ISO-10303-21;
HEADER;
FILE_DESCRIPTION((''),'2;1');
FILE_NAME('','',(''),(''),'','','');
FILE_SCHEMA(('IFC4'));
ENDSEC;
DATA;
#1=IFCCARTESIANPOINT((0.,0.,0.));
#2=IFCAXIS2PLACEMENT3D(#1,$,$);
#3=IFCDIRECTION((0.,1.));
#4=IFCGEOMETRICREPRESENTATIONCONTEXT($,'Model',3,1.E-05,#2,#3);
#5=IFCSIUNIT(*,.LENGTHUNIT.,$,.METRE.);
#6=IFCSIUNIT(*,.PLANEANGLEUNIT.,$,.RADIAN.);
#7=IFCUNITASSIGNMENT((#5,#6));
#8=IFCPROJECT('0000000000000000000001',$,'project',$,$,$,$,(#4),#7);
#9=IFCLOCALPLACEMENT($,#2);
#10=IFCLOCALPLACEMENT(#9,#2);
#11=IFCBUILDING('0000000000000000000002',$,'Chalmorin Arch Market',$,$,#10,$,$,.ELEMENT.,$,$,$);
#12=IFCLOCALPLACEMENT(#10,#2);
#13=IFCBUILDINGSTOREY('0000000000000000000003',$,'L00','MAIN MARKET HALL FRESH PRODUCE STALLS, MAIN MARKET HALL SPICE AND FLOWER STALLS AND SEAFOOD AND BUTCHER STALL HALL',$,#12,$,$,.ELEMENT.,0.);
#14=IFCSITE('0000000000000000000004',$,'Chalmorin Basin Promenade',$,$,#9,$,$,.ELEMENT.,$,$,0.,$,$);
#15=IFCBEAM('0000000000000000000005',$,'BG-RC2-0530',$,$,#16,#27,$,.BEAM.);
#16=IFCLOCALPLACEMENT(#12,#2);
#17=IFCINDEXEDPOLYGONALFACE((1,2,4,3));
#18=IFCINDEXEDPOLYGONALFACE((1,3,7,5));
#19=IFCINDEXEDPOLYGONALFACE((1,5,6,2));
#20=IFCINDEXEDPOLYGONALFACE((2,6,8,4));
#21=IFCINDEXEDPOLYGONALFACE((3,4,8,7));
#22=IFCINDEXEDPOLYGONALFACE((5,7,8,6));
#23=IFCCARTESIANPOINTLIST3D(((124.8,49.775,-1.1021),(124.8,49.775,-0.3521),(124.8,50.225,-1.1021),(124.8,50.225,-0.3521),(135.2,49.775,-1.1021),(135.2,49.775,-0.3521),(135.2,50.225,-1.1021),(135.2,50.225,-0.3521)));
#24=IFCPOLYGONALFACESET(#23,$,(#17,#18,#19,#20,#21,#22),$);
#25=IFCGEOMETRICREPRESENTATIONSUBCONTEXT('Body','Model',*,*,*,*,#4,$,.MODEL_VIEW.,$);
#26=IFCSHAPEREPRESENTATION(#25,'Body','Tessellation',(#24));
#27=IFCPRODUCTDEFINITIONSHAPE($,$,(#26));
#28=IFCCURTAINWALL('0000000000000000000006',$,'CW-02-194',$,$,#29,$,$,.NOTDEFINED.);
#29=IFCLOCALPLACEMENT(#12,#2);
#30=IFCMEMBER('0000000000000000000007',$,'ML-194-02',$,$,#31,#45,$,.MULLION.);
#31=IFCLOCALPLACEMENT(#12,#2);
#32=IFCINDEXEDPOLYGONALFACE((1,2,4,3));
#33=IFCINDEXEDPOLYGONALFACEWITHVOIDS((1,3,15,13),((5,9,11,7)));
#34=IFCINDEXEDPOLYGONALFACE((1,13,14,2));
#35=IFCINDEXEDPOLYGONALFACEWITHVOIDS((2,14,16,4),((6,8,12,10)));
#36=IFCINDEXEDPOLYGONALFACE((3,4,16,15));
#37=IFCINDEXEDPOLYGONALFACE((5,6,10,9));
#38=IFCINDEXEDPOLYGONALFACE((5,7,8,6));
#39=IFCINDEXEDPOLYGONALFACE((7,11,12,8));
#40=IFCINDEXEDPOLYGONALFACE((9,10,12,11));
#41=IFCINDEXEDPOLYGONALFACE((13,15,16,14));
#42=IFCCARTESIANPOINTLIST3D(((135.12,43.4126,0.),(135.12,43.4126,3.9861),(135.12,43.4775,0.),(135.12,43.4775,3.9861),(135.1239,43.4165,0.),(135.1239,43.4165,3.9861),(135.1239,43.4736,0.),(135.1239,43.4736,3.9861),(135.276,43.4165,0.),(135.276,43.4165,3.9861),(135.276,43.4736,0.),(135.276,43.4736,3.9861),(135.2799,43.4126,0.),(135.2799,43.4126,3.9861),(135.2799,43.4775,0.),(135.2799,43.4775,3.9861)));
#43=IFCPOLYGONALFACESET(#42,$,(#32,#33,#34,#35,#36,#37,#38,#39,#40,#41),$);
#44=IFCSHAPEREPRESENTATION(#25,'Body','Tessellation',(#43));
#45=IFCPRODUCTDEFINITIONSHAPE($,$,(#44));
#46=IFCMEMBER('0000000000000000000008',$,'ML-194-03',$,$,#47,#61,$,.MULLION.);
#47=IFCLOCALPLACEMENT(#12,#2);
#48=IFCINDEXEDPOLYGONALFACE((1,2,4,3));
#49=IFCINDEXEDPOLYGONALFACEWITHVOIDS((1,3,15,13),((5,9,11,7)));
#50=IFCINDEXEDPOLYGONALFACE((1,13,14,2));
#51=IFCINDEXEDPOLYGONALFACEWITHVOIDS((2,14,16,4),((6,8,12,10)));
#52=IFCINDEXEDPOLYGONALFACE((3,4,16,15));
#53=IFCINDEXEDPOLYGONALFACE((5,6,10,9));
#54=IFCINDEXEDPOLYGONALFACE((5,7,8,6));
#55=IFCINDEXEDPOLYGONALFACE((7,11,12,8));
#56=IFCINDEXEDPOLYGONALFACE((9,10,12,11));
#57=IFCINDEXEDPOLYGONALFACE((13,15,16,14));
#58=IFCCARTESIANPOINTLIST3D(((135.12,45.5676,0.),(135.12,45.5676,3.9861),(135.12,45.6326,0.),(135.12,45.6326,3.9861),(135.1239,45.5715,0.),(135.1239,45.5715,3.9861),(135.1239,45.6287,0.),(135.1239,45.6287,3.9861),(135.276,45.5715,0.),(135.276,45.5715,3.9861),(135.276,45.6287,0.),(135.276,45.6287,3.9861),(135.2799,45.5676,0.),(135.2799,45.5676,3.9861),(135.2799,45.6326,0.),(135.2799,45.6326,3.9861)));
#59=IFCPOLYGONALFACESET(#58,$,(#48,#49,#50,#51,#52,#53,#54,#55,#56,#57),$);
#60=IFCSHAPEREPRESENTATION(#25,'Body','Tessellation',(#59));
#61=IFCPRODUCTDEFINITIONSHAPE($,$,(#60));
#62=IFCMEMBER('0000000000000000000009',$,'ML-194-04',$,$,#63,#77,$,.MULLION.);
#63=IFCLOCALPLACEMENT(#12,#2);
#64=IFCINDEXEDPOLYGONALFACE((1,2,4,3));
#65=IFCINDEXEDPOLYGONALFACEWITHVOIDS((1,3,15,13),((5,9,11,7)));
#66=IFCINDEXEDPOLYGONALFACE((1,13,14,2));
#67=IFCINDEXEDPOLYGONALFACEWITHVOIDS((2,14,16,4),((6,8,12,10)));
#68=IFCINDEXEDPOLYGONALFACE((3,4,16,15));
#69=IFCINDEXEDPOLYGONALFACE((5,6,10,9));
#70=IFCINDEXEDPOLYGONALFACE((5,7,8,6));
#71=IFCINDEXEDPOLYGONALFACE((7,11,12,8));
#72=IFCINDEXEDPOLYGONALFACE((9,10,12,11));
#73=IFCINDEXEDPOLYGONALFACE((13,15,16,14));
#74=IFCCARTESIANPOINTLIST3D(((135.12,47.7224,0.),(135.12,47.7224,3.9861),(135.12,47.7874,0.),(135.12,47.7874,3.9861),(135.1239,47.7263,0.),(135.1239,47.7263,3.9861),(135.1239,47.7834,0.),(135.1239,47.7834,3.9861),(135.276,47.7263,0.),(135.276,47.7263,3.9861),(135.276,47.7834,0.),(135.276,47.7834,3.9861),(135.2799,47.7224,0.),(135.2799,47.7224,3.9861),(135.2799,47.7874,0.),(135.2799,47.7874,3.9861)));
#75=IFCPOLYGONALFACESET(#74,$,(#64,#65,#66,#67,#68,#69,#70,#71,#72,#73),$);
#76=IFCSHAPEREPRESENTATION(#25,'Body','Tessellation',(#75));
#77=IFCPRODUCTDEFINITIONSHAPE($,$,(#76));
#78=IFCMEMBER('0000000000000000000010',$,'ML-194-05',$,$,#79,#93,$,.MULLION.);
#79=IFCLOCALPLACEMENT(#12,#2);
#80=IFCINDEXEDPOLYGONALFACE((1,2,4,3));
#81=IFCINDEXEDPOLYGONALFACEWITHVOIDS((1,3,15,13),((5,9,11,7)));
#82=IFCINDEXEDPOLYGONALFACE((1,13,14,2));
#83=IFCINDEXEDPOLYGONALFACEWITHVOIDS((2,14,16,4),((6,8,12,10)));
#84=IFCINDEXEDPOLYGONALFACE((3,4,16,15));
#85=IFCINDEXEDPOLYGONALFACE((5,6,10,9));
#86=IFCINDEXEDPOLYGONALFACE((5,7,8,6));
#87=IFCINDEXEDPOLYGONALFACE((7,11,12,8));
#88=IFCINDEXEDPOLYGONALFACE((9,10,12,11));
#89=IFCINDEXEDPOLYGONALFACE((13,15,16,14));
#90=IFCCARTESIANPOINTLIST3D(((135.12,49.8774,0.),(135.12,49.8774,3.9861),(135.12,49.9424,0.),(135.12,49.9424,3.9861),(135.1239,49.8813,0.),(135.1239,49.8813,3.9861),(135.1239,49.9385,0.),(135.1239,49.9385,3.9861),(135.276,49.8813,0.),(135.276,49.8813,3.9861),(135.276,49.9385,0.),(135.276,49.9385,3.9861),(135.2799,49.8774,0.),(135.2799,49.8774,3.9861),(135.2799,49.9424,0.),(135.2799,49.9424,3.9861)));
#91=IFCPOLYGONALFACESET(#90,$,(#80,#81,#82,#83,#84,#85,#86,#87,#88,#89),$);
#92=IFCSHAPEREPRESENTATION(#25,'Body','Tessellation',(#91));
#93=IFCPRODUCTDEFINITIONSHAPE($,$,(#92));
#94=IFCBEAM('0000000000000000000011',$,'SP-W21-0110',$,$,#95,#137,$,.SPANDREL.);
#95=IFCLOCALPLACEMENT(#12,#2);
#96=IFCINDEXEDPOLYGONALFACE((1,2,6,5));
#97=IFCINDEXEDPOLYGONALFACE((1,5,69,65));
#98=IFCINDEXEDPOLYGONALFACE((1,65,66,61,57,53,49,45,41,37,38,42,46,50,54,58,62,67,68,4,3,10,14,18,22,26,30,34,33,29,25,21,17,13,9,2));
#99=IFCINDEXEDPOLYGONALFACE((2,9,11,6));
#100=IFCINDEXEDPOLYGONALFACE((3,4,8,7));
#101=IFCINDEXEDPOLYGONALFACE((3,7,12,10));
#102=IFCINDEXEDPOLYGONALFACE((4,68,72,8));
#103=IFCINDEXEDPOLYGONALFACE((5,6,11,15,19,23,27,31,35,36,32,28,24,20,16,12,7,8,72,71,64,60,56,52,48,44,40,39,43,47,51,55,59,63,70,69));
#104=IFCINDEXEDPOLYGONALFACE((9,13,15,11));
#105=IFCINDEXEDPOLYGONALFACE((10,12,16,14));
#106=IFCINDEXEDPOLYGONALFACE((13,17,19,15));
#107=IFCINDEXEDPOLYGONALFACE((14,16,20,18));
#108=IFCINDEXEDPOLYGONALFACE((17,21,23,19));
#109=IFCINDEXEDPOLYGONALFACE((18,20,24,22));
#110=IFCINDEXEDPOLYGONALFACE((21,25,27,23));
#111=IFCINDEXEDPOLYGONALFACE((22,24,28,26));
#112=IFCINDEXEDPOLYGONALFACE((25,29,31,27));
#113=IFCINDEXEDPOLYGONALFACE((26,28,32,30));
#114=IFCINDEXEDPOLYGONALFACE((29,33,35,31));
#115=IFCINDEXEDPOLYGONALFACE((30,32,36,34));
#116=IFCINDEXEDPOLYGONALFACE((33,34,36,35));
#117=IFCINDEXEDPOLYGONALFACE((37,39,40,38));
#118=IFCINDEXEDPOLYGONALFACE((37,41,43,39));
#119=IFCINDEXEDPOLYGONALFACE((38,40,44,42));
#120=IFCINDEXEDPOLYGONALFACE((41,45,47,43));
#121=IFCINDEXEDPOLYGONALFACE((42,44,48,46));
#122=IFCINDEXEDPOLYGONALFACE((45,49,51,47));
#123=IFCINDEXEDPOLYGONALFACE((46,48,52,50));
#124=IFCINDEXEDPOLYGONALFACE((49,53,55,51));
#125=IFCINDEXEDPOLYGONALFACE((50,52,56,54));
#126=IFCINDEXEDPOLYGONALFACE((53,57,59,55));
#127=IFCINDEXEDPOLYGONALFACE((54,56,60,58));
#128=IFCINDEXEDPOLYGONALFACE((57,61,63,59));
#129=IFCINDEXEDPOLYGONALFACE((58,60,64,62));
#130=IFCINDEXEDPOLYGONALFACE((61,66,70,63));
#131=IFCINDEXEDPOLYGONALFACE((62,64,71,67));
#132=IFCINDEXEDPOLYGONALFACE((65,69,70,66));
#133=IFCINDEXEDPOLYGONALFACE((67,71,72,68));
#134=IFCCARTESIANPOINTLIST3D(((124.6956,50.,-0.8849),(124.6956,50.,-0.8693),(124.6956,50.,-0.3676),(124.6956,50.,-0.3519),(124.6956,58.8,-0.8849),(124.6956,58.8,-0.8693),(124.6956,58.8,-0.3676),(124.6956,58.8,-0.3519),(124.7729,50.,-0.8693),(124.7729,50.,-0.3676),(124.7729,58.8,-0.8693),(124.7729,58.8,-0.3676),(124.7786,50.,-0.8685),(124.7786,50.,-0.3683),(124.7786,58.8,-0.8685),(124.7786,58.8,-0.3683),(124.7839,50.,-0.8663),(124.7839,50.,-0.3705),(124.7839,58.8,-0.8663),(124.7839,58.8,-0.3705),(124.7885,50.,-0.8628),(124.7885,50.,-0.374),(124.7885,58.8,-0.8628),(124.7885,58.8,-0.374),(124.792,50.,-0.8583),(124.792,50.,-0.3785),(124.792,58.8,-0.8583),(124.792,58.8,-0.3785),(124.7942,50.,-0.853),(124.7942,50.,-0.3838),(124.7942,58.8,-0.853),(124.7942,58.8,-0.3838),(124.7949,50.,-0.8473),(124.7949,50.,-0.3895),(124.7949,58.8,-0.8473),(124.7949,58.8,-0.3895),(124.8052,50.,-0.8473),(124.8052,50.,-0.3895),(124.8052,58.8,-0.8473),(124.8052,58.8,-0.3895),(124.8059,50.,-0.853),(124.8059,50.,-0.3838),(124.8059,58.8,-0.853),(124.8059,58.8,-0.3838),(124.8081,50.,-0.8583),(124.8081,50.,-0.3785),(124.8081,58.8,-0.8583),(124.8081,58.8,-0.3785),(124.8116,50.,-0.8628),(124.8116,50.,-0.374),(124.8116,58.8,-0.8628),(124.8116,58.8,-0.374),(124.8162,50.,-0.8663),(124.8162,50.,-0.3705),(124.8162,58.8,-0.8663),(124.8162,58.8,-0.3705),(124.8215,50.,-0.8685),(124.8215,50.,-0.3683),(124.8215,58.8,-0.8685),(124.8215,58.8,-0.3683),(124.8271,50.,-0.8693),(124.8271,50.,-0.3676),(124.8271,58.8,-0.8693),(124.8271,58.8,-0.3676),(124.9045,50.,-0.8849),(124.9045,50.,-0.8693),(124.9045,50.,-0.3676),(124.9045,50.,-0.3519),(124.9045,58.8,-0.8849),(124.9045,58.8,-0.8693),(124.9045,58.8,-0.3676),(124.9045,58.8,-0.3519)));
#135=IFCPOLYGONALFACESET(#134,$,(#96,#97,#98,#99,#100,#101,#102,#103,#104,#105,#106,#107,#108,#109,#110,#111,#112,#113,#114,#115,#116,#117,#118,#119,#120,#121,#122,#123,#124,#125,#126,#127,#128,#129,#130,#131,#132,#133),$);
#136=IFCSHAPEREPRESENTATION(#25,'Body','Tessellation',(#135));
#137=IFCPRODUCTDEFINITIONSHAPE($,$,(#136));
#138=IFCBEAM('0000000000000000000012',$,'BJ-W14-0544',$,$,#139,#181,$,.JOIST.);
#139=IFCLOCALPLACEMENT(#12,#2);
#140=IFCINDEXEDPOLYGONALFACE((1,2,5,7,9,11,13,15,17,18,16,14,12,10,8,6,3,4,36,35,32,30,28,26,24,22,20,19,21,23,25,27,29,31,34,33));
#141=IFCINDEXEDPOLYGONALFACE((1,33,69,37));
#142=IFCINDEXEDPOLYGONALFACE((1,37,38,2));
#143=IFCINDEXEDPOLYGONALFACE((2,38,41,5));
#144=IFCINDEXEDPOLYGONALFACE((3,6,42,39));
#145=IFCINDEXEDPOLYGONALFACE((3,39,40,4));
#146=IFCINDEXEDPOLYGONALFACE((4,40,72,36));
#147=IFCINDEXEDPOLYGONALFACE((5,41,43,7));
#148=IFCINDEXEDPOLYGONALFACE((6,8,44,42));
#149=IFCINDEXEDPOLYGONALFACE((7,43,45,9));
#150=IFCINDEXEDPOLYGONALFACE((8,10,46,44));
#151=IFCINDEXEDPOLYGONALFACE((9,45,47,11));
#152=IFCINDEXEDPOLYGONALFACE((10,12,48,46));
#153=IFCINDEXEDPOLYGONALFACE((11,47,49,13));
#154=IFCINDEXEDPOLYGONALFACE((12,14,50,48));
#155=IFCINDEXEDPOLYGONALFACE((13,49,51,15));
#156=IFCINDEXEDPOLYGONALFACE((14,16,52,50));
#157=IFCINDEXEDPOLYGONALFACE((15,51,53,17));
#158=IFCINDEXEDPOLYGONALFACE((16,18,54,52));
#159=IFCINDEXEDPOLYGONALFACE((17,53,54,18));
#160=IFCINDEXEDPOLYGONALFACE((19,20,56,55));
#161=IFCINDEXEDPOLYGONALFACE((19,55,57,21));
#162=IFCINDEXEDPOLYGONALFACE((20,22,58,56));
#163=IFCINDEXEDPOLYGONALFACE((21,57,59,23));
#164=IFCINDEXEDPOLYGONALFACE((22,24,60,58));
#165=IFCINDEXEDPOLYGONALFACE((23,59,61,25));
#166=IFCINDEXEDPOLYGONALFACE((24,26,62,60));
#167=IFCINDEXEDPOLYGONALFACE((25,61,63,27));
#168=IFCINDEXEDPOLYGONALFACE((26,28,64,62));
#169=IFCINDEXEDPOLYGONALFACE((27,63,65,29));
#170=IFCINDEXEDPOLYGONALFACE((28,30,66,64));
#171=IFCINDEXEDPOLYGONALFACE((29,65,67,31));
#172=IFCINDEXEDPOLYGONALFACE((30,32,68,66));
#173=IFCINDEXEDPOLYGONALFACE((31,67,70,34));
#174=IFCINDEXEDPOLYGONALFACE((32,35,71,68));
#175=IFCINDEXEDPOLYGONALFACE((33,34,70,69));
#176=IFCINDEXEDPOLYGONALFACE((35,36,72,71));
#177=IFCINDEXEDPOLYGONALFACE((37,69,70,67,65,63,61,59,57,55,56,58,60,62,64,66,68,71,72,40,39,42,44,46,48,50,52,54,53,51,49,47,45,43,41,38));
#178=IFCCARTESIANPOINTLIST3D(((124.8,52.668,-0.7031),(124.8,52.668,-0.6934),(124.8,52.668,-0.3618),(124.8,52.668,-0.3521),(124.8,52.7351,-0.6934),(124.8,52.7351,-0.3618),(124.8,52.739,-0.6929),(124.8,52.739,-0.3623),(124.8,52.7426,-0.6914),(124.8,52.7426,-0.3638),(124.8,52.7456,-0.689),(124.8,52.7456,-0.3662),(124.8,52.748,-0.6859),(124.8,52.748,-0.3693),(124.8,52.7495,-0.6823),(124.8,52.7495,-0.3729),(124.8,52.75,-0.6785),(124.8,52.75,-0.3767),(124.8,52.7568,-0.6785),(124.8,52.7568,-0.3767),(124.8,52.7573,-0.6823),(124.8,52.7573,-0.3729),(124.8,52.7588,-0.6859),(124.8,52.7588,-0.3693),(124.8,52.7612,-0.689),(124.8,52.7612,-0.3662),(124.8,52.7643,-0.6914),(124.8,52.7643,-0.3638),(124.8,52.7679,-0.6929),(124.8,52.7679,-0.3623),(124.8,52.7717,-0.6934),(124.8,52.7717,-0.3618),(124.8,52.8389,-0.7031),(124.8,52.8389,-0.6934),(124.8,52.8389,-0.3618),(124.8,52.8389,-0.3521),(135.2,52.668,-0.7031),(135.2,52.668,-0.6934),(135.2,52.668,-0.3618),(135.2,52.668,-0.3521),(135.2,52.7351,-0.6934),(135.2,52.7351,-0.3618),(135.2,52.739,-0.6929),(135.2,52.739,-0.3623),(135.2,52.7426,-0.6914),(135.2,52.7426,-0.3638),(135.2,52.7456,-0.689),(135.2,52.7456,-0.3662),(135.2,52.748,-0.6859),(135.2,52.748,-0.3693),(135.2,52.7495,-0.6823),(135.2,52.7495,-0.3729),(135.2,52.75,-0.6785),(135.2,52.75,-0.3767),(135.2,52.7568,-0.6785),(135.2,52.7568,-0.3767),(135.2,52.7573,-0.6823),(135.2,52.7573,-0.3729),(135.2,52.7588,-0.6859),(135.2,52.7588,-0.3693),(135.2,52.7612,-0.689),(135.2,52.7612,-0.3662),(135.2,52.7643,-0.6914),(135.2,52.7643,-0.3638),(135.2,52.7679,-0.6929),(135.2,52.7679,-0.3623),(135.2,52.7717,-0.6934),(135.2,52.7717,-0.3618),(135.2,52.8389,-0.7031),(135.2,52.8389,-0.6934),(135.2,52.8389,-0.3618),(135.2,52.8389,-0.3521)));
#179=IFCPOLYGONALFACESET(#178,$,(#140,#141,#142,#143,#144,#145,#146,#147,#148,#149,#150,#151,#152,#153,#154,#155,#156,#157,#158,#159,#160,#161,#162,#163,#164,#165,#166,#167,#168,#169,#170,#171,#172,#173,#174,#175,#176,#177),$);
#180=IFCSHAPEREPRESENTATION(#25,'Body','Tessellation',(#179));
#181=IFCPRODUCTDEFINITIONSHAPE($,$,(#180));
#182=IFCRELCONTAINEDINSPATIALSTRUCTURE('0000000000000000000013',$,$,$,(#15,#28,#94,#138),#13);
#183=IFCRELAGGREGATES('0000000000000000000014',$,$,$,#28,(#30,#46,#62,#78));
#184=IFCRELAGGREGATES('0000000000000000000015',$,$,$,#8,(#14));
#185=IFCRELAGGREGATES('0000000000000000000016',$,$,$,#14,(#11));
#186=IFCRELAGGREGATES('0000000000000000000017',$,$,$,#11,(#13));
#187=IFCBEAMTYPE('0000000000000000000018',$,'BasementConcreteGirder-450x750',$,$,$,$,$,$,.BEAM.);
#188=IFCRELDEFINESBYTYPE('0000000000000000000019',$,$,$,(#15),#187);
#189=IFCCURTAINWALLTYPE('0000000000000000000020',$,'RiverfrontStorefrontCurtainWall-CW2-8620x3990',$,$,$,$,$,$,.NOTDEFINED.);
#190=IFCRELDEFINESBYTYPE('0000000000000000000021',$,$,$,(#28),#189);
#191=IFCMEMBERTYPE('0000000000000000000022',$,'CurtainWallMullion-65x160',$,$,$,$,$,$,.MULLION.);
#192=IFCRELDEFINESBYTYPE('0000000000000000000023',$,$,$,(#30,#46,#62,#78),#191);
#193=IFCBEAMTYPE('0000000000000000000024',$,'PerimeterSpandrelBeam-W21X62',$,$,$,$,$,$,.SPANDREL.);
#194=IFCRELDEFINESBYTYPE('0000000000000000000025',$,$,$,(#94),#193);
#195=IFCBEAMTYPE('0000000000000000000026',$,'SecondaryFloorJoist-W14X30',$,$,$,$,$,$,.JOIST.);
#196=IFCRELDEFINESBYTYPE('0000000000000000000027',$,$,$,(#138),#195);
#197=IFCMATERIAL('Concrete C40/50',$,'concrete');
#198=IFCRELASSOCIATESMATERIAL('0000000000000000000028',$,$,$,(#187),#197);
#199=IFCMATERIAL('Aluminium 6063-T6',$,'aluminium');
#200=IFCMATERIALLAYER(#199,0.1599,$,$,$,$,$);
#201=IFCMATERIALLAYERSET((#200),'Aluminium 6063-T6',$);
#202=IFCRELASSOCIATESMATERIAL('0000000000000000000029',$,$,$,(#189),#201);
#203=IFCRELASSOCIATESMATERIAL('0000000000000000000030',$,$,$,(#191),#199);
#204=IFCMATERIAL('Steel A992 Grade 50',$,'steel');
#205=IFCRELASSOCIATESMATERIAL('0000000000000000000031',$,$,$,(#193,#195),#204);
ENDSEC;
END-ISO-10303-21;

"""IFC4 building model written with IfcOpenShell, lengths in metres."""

from ifc_helpers import new_model, si_unit, direction, frame, origin, origin_2d, place, context, subcontext, project, spatial, rectangle, hollow_rectangle, i_section, extrude, material, layer, layer_set, material_profile, profile_set, type_object, element, aggregate, save


model = new_model("IFC4")

# Units and contexts
model_context = context("Model", 3, precision=1e-05, world=origin(), true_north=direction((0.0, 1.0)))
body_context = subcontext(model_context, "Body", "Model", "MODEL_VIEW")
ifc_project = project(units=[si_unit("LENGTHUNIT", "METRE"), si_unit("PLANEANGLEUNIT", "RADIAN")], contexts=[model_context])

# Site, building, storey
site_placement = place(None, origin())
site = spatial("IfcSite", under=ifc_project, at=site_placement, Name="Chalmorin Basin Promenade", CompositionType="ELEMENT", RefElevation=0.0)
building_placement = place(site_placement, origin())
building = spatial("IfcBuilding", under=site, at=building_placement, Name="Chalmorin Arch Market", CompositionType="ELEMENT")
storey_placement = place(building_placement, origin())
storey = spatial("IfcBuildingStorey", under=building, at=storey_placement, Name="L00", Description="MAIN MARKET HALL FRESH PRODUCE STALLS, MAIN MARKET HALL SPICE AND FLOWER STALLS AND SEAFOOD AND BUTCHER STALL HALL", CompositionType="ELEMENT", Elevation=0.0)

# Beam
ifc_material_1 = material(Name="Concrete C40/50", Category="concrete")
ifc_material_profile_1 = material_profile(ifc_material_1, rectangle(XDim=0.45, YDim=0.75, at=origin_2d()), Name="RC450X750")
ifc_profile_set_1 = profile_set([ifc_material_profile_1], Name="Concrete C40/50")
beam_type_1 = type_object("IfcBeamType", Name="BasementConcreteGirder-450x750", PredefinedType="BEAM", material=ifc_profile_set_1)
beam_1_placement = place(storey_placement, frame((124.8, 50.0, -0.7271), z_axis=(1.0, 0.0, 0.0), x_axis=(0.0, 1.0, 0.0)))
element("IfcBeam", 1, at=beam_1_placement, inside=storey, type_object=beam_type_1, Name="BG-RC2-0530", PredefinedType="BEAM", context=body_context, shape_type="SweptSolid", body=[
    extrude(rectangle(XDim=0.45, YDim=0.75, at=origin_2d()), origin(), (0.0, 0.0, 1.0), 10.3999),
])

# Curtain wall, members
ifc_material_2 = material(Name="Aluminium 6063-T6", Category="aluminium")
ifc_layer_1 = layer(ifc_material_2, 0.1599)
ifc_layer_set_1 = layer_set([ifc_layer_1], Name="Aluminium 6063-T6")
curtain_wall_type = type_object("IfcCurtainWallType", Name="RiverfrontStorefrontCurtainWall-CW2-8620x3990", PredefinedType="NOTDEFINED", material=ifc_layer_set_1)
curtain_wall_placement = place(storey_placement, origin())
curtain_wall = element("IfcCurtainWall", 2, at=curtain_wall_placement, inside=storey, type_object=curtain_wall_type, Name="CW-02-194", PredefinedType="NOTDEFINED")
ifc_material_profile_2 = material_profile(ifc_material_2, hollow_rectangle(XDim=0.0649, YDim=0.1599, WallThickness=0.0039, at=origin_2d()), Name="ALU65X160X4")
ifc_profile_set_2 = profile_set([ifc_material_profile_2], Name="Aluminium 6063-T6")
member_type = type_object("IfcMemberType", Name="CurtainWallMullion-65x160", PredefinedType="MULLION", material=ifc_profile_set_2)
member_1_placement = place(storey_placement, frame((135.2, 43.4451, 0.0), z_axis=(0.0, 0.0, 1.0), x_axis=(0.0, 1.0, 0.0)))
member_1 = element("IfcMember", 3, at=member_1_placement, type_object=member_type, Name="ML-194-02", PredefinedType="MULLION", context=body_context, shape_type="SweptSolid", body=[
    extrude(hollow_rectangle(XDim=0.0649, YDim=0.1599, WallThickness=0.0039, at=origin_2d()), origin(), (0.0, 0.0, 1.0), 3.9861),
])
member_2_placement = place(storey_placement, frame((135.2, 45.6001, 0.0), z_axis=(0.0, 0.0, 1.0), x_axis=(0.0, 1.0, 0.0)))
member_2 = element("IfcMember", 4, at=member_2_placement, type_object=member_type, Name="ML-194-03", PredefinedType="MULLION", context=body_context, shape_type="SweptSolid", body=[
    extrude(hollow_rectangle(XDim=0.0649, YDim=0.1599, WallThickness=0.0039, at=origin_2d()), origin(), (0.0, 0.0, 1.0), 3.9861),
])
member_3_placement = place(storey_placement, frame((135.2, 47.7549, 0.0), z_axis=(0.0, 0.0, 1.0), x_axis=(0.0, 1.0, 0.0)))
member_3 = element("IfcMember", 5, at=member_3_placement, type_object=member_type, Name="ML-194-04", PredefinedType="MULLION", context=body_context, shape_type="SweptSolid", body=[
    extrude(hollow_rectangle(XDim=0.0649, YDim=0.1599, WallThickness=0.0039, at=origin_2d()), origin(), (0.0, 0.0, 1.0), 3.9861),
])
member_4_placement = place(storey_placement, frame((135.2, 49.9099, 0.0), z_axis=(0.0, 0.0, 1.0), x_axis=(0.0, 1.0, 0.0)))
member_4 = element("IfcMember", 6, at=member_4_placement, type_object=member_type, Name="ML-194-05", PredefinedType="MULLION", context=body_context, shape_type="SweptSolid", body=[
    extrude(hollow_rectangle(XDim=0.0649, YDim=0.1599, WallThickness=0.0039, at=origin_2d()), origin(), (0.0, 0.0, 1.0), 3.9861),
])

# Beams
ifc_material_3 = material(Name="Steel A992 Grade 50", Category="steel")
ifc_material_profile_3 = material_profile(ifc_material_3, i_section(OverallWidth=0.209, OverallDepth=0.533, WebThickness=0.0103, FlangeThickness=0.0156, FilletRadius=0.022, at=origin_2d()), Name="W21X62")
ifc_profile_set_3 = profile_set([ifc_material_profile_3], Name="Steel A992 Grade 50")
beam_type_2 = type_object("IfcBeamType", Name="PerimeterSpandrelBeam-W21X62", PredefinedType="SPANDREL", material=ifc_profile_set_3)
beam_2_placement = place(storey_placement, frame((124.8, 50.0, -0.6184), z_axis=(0.0, 1.0, 0.0), x_axis=(-1.0, 0.0, 0.0)))
element("IfcBeam", 7, at=beam_2_placement, inside=storey, type_object=beam_type_2, Name="SP-W21-0110", PredefinedType="SPANDREL", context=body_context, shape_type="SweptSolid", body=[
    extrude(i_section(OverallWidth=0.209, OverallDepth=0.533, WebThickness=0.0103, FlangeThickness=0.0156, FilletRadius=0.022, at=origin_2d()), origin(), (0.0, 0.0, 1.0), 8.8),
])
ifc_material_profile_4 = material_profile(ifc_material_3, i_section(OverallWidth=0.1709, OverallDepth=0.3511, WebThickness=0.0068, FlangeThickness=0.0098, FilletRadius=0.0149, at=origin_2d()), Name="W14X30")
ifc_profile_set_4 = profile_set([ifc_material_profile_4], Name="Steel A992 Grade 50")
beam_type_3 = type_object("IfcBeamType", Name="SecondaryFloorJoist-W14X30", PredefinedType="JOIST", material=ifc_profile_set_4)
for number, where, z_axis, x_axis, name in (
    (8, (124.8, 52.7534, -0.5276), (1.0, 0.0, 0.0), (0.0, 1.0, 0.0), "BJ-W14-0544"),
):
    element("IfcBeam", number, at=place(storey_placement, frame(where, z_axis=z_axis, x_axis=x_axis)), inside=storey, type_object=beam_type_3, Name=name, PredefinedType="JOIST", context=body_context, shape_type="SweptSolid", body=[
        extrude(i_section(OverallWidth=0.1709, OverallDepth=0.3511, WebThickness=0.0068, FlangeThickness=0.0098, FilletRadius=0.0149, at=origin_2d()), origin(), (0.0, 0.0, 1.0), 10.3999),
    ])

aggregate(curtain_wall, [member_1, member_2, member_3, member_4])

save(model, "model.ifc")
